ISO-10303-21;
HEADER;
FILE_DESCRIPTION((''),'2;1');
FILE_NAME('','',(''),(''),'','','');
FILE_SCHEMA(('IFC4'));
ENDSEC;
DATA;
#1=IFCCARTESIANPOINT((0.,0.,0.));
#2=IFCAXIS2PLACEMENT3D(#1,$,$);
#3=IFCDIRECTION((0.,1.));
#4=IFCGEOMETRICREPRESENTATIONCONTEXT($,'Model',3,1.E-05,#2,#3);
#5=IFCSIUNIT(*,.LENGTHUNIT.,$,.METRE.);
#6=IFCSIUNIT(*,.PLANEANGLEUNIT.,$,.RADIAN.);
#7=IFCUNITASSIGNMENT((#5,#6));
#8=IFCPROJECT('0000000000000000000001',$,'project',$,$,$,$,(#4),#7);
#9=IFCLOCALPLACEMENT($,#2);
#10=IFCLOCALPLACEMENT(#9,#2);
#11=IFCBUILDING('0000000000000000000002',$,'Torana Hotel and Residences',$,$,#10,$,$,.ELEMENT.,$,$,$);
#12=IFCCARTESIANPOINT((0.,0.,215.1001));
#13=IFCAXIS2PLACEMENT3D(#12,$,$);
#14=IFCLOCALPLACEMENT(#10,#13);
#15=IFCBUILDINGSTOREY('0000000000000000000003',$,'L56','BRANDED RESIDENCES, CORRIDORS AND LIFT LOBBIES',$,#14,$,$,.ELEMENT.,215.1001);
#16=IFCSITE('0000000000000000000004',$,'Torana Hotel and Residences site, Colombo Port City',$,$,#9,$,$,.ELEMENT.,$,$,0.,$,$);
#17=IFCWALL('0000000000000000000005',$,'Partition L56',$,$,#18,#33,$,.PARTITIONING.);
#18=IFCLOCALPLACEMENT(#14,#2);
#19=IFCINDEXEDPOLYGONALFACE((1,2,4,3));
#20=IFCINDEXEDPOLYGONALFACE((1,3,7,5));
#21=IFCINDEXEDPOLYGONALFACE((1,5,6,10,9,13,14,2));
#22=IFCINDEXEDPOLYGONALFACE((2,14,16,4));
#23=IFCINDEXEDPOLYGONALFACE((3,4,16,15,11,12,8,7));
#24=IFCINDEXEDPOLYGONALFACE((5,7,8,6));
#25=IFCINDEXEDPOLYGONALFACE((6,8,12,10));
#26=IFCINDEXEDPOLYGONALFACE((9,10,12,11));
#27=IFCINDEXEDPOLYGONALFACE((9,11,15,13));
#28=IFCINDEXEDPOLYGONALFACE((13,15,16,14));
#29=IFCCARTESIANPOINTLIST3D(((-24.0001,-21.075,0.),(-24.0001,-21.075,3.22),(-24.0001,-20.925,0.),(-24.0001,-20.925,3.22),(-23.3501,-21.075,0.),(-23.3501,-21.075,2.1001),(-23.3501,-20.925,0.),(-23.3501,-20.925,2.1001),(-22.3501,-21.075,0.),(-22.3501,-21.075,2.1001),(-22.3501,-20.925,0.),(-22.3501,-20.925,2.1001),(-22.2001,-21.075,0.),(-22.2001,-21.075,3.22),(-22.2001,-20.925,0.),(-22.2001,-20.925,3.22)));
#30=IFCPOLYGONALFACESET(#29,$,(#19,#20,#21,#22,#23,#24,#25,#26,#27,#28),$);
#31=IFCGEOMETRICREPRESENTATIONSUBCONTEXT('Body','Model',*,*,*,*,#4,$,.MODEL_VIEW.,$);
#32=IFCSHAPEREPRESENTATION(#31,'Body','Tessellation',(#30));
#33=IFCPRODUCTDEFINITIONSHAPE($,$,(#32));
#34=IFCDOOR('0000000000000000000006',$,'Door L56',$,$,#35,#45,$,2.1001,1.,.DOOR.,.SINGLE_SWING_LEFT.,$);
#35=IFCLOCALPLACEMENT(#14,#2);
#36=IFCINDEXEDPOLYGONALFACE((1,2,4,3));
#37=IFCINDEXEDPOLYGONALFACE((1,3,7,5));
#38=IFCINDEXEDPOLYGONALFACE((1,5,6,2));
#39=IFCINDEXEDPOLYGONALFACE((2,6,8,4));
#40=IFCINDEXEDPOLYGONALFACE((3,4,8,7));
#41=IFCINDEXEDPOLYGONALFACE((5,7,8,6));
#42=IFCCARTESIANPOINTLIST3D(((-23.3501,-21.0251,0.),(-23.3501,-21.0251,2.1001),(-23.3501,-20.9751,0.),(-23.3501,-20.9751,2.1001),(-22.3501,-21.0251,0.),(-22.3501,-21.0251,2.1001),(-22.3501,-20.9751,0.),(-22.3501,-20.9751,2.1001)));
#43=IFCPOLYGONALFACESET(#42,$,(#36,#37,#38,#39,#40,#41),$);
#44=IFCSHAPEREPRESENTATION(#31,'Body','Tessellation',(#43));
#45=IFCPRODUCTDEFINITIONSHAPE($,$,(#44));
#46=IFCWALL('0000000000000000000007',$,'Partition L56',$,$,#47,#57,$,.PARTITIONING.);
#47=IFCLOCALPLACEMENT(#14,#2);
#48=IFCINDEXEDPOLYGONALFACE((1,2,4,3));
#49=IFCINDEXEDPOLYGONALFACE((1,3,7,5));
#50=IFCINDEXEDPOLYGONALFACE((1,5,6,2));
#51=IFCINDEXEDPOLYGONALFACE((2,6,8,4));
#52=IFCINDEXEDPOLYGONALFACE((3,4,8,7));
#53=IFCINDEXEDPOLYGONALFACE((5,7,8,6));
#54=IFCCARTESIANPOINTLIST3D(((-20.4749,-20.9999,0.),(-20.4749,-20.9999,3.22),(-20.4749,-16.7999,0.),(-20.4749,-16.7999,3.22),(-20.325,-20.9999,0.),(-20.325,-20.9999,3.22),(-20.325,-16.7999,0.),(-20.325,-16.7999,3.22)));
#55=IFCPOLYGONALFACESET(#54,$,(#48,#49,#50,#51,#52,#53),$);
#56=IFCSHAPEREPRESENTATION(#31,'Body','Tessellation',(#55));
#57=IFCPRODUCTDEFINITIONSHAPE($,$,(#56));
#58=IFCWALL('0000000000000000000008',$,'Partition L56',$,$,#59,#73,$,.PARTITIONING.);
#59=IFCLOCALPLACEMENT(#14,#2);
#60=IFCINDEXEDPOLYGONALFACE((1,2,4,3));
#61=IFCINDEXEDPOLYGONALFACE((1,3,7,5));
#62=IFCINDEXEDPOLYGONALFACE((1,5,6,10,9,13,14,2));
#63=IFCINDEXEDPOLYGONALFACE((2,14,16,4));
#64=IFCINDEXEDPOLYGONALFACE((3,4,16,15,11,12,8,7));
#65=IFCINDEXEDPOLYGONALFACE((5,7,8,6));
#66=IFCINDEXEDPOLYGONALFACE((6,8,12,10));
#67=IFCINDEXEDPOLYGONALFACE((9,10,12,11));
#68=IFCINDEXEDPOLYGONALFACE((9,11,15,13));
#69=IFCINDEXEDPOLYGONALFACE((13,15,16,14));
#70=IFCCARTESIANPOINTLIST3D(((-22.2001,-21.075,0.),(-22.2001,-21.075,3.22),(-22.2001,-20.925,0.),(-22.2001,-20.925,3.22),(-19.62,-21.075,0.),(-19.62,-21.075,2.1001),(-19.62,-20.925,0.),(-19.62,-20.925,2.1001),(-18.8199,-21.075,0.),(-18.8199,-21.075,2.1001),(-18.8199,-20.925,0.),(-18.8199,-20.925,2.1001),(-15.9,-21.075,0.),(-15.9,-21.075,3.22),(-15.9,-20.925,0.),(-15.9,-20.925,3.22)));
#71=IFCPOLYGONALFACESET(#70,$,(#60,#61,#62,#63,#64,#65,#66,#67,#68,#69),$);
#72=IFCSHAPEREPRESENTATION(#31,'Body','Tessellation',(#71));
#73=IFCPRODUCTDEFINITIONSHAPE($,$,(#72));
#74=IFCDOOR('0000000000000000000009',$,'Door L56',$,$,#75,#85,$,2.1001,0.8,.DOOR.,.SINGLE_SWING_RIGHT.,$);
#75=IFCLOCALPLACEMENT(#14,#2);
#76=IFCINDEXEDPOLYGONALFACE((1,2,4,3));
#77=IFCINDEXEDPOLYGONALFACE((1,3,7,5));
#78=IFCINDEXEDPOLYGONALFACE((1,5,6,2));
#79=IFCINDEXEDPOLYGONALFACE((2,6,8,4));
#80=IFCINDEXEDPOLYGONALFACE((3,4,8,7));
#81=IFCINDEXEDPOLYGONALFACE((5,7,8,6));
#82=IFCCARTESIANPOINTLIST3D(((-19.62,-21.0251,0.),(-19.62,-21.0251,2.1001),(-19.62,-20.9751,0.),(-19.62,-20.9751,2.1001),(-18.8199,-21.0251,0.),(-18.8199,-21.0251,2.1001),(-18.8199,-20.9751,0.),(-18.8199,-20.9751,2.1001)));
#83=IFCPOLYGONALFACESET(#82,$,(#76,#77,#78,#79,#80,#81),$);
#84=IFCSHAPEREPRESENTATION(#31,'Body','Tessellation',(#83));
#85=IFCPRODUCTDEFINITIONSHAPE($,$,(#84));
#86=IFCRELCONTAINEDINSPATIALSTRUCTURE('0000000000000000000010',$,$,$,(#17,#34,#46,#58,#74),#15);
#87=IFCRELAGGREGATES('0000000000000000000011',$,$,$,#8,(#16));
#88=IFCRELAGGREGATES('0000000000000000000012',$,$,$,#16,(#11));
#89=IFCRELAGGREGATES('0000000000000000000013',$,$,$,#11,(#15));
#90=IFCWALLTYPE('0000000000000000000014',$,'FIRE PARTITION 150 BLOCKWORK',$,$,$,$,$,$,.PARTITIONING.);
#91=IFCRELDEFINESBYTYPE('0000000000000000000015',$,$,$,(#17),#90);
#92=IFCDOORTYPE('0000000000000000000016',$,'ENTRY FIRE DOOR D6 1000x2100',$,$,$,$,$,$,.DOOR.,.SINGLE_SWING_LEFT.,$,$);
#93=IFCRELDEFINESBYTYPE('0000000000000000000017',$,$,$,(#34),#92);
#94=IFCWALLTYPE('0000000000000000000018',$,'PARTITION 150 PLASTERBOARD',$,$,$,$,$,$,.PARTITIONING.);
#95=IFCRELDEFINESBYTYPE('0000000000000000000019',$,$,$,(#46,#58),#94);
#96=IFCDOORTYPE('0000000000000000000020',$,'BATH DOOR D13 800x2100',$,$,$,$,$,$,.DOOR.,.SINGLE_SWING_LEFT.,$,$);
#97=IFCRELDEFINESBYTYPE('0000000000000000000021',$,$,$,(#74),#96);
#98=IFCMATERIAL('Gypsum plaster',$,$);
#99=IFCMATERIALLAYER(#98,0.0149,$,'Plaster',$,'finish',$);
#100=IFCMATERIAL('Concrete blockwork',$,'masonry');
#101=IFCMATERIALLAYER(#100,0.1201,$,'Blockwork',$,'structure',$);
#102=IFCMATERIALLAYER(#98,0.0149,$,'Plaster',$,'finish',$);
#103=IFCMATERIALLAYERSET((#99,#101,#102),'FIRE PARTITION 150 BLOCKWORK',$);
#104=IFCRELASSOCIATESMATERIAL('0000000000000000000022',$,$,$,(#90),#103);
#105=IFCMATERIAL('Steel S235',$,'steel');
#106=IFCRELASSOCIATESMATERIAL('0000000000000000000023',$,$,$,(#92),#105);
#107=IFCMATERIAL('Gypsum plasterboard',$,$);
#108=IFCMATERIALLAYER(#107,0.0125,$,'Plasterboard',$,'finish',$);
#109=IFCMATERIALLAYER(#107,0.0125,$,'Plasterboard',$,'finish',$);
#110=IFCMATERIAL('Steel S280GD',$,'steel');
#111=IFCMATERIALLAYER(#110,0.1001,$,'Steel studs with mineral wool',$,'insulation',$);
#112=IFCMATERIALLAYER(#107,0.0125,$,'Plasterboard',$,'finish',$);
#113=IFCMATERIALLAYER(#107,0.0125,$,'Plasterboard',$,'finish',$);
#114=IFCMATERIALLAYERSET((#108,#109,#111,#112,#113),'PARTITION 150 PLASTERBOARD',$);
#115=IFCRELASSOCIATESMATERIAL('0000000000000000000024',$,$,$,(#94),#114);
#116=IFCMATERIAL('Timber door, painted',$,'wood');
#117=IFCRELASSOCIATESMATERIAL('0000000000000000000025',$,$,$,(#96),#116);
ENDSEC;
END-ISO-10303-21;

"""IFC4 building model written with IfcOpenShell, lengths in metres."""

from ifc_helpers import new_model, si_unit, direction, frame, frame_2d, origin, place, context, subcontext, project, spatial, rectangle, extrude, material, layer, layer_set, type_object, element, fill, save


model = new_model("IFC4")

# Units and contexts
model_context = context("Model", 3, precision=1e-05, world=origin(), true_north=direction((0.0, 1.0)))
body_context = subcontext(model_context, "Body", "Model", "MODEL_VIEW")
ifc_project = project(units=[si_unit("LENGTHUNIT", "METRE"), si_unit("PLANEANGLEUNIT", "RADIAN")], contexts=[model_context])

# Site, building, storey
site_placement = place(None, origin())
site = spatial("IfcSite", under=ifc_project, at=site_placement, Name="Torana Hotel and Residences site, Colombo Port City", CompositionType="ELEMENT", RefElevation=0.0)
building_placement = place(site_placement, origin())
building = spatial("IfcBuilding", under=site, at=building_placement, Name="Torana Hotel and Residences", CompositionType="ELEMENT")
storey_placement = place(building_placement, frame((0.0, 0.0, 215.1001)))
storey = spatial("IfcBuildingStorey", under=building, at=storey_placement, Name="L56", Description="BRANDED RESIDENCES, CORRIDORS AND LIFT LOBBIES", CompositionType="ELEMENT", Elevation=215.1001)

# Shared definitions
ifc_material_1 = material(Name="Gypsum plaster")
ifc_layer_1 = layer(ifc_material_1, 0.0149, Name="Plaster", Category="finish")
ifc_material_2 = material(Name="Concrete blockwork", Category="masonry")
ifc_layer_2 = layer(ifc_material_2, 0.1201, Name="Blockwork", Category="structure")
ifc_layer_3 = layer(ifc_material_1, 0.0149, Name="Plaster", Category="finish")
ifc_layer_set_1 = layer_set([ifc_layer_1, ifc_layer_2, ifc_layer_3], Name="FIRE PARTITION 150 BLOCKWORK")
wall_type_1 = type_object("IfcWallType", Name="FIRE PARTITION 150 BLOCKWORK", PredefinedType="PARTITIONING", material=ifc_layer_set_1)

# Shared definitions
ifc_material_3 = material(Name="Steel S235", Category="steel")
door_type_1 = type_object("IfcDoorType", Name="ENTRY FIRE DOOR D6 1000x2100", OperationType="SINGLE_SWING_LEFT", PredefinedType="DOOR", material=ifc_material_3)

# Wall, opening, door
wall_1_placement = place(storey_placement, frame((-24.0, -21.0, 0.0), z_axis=(0.0, 0.0, 1.0), x_axis=(1.0, 0.0, 0.0)))
wall_1 = element("IfcWall", 1, at=wall_1_placement, inside=storey, type_object=wall_type_1, Name="Partition L56", PredefinedType="PARTITIONING", context=body_context, shape_type="SweptSolid", body=[
    extrude(rectangle(XDim=1.8, YDim=0.1499, at=frame_2d((0.8999, 0.0))), origin(), (0.0, 0.0, 1.0), 3.22),
])
opening_1_placement = place(wall_1_placement, frame((0.6499, 0.0, 0.0)))
opening_1 = element("IfcOpeningElement", 2, at=opening_1_placement, cuts=wall_1, PredefinedType="OPENING", context=body_context, shape_type="SweptSolid", body=[
    extrude(rectangle(XDim=1.0, YDim=2.1001, at=frame_2d((0.5, 1.05))), frame((0.0, 0.085, 0.0), z_axis=(0.0, -1.0, 0.0), x_axis=(1.0, 0.0, 0.0)), (0.0, 0.0, 1.0), 0.1699),
])
door_1_placement = place(opening_1_placement, frame((0.5, 0.0, 0.0), z_axis=(0.0, 0.0, 1.0), x_axis=(-1.0, 0.0, 0.0)))
door_1 = element("IfcDoor", 3, at=door_1_placement, inside=storey, type_object=door_type_1, Name="Door L56", OperationType="SINGLE_SWING_LEFT", OverallHeight=2.1001, OverallWidth=1.0, PredefinedType="DOOR", context=body_context, shape_type="SweptSolid", body=[
    extrude(rectangle(XDim=1.0, YDim=2.1001, at=frame_2d((0.0, 1.05))), frame((0.0, -0.0249, 0.0), z_axis=(0.0, 1.0, 0.0), x_axis=(-1.0, 0.0, 0.0)), (0.0, 0.0, 1.0), 0.05),
])
fill(opening_1, door_1)

# Wall
ifc_material_4 = material(Name="Gypsum plasterboard")
ifc_layer_4 = layer(ifc_material_4, 0.0125, Name="Plasterboard", Category="finish")
ifc_layer_5 = layer(ifc_material_4, 0.0125, Name="Plasterboard", Category="finish")
ifc_material_5 = material(Name="Steel S280GD", Category="steel")
ifc_layer_6 = layer(ifc_material_5, 0.1001, Name="Steel studs with mineral wool", Category="insulation")
ifc_layer_7 = layer(ifc_material_4, 0.0125, Name="Plasterboard", Category="finish")
ifc_layer_8 = layer(ifc_material_4, 0.0125, Name="Plasterboard", Category="finish")
ifc_layer_set_2 = layer_set([ifc_layer_4, ifc_layer_5, ifc_layer_6, ifc_layer_7, ifc_layer_8], Name="PARTITION 150 PLASTERBOARD")
wall_type_2 = type_object("IfcWallType", Name="PARTITION 150 PLASTERBOARD", PredefinedType="PARTITIONING", material=ifc_layer_set_2)
wall_2_placement = place(storey_placement, frame((-20.3999, -21.0, 0.0), z_axis=(0.0, 0.0, 1.0), x_axis=(0.0, 1.0, 0.0)))
element("IfcWall", 4, at=wall_2_placement, inside=storey, type_object=wall_type_2, Name="Partition L56", PredefinedType="PARTITIONING", context=body_context, shape_type="SweptSolid", body=[
    extrude(rectangle(XDim=4.2, YDim=0.1499, at=frame_2d((2.1001, 0.0))), origin(), (0.0, 0.0, 1.0), 3.22),
])

# Wall, opening, door
wall_3_placement = place(storey_placement, frame((-22.2, -21.0, 0.0), z_axis=(0.0, 0.0, 1.0), x_axis=(1.0, 0.0, 0.0)))
wall_3 = element("IfcWall", 5, at=wall_3_placement, inside=storey, type_object=wall_type_2, Name="Partition L56", PredefinedType="PARTITIONING", context=body_context, shape_type="SweptSolid", body=[
    extrude(rectangle(XDim=6.3, YDim=0.1499, at=frame_2d((3.1499, 0.0))), origin(), (0.0, 0.0, 1.0), 3.22),
])
opening_2_placement = place(wall_3_placement, frame((2.5801, 0.0, 0.0)))
opening_2 = element("IfcOpeningElement", 6, at=opening_2_placement, cuts=wall_3, PredefinedType="OPENING", context=body_context, shape_type="SweptSolid", body=[
    extrude(rectangle(XDim=0.8, YDim=2.1001, at=frame_2d((0.3999, 1.05))), frame((0.0, 0.085, 0.0), z_axis=(0.0, -1.0, 0.0), x_axis=(1.0, 0.0, 0.0)), (0.0, 0.0, 1.0), 0.1699),
])
ifc_material_6 = material(Name="Timber door, painted", Category="wood")
door_type_2 = type_object("IfcDoorType", Name="BATH DOOR D13 800x2100", OperationType="SINGLE_SWING_LEFT", PredefinedType="DOOR", material=ifc_material_6)
door_2_placement = place(opening_2_placement, origin())
door_2 = element("IfcDoor", 7, at=door_2_placement, inside=storey, type_object=door_type_2, Name="Door L56", OperationType="SINGLE_SWING_RIGHT", OverallHeight=2.1001, OverallWidth=0.8, PredefinedType="DOOR", context=body_context, shape_type="SweptSolid", body=[
    extrude(rectangle(XDim=0.8, YDim=2.1001, at=frame_2d((0.3999, 1.05))), frame((0.0, 0.0249, 0.0), z_axis=(0.0, -1.0, 0.0), x_axis=(1.0, 0.0, 0.0)), (0.0, 0.0, 1.0), 0.05),
])
fill(opening_2, door_2)

save(model, "model.ifc")
